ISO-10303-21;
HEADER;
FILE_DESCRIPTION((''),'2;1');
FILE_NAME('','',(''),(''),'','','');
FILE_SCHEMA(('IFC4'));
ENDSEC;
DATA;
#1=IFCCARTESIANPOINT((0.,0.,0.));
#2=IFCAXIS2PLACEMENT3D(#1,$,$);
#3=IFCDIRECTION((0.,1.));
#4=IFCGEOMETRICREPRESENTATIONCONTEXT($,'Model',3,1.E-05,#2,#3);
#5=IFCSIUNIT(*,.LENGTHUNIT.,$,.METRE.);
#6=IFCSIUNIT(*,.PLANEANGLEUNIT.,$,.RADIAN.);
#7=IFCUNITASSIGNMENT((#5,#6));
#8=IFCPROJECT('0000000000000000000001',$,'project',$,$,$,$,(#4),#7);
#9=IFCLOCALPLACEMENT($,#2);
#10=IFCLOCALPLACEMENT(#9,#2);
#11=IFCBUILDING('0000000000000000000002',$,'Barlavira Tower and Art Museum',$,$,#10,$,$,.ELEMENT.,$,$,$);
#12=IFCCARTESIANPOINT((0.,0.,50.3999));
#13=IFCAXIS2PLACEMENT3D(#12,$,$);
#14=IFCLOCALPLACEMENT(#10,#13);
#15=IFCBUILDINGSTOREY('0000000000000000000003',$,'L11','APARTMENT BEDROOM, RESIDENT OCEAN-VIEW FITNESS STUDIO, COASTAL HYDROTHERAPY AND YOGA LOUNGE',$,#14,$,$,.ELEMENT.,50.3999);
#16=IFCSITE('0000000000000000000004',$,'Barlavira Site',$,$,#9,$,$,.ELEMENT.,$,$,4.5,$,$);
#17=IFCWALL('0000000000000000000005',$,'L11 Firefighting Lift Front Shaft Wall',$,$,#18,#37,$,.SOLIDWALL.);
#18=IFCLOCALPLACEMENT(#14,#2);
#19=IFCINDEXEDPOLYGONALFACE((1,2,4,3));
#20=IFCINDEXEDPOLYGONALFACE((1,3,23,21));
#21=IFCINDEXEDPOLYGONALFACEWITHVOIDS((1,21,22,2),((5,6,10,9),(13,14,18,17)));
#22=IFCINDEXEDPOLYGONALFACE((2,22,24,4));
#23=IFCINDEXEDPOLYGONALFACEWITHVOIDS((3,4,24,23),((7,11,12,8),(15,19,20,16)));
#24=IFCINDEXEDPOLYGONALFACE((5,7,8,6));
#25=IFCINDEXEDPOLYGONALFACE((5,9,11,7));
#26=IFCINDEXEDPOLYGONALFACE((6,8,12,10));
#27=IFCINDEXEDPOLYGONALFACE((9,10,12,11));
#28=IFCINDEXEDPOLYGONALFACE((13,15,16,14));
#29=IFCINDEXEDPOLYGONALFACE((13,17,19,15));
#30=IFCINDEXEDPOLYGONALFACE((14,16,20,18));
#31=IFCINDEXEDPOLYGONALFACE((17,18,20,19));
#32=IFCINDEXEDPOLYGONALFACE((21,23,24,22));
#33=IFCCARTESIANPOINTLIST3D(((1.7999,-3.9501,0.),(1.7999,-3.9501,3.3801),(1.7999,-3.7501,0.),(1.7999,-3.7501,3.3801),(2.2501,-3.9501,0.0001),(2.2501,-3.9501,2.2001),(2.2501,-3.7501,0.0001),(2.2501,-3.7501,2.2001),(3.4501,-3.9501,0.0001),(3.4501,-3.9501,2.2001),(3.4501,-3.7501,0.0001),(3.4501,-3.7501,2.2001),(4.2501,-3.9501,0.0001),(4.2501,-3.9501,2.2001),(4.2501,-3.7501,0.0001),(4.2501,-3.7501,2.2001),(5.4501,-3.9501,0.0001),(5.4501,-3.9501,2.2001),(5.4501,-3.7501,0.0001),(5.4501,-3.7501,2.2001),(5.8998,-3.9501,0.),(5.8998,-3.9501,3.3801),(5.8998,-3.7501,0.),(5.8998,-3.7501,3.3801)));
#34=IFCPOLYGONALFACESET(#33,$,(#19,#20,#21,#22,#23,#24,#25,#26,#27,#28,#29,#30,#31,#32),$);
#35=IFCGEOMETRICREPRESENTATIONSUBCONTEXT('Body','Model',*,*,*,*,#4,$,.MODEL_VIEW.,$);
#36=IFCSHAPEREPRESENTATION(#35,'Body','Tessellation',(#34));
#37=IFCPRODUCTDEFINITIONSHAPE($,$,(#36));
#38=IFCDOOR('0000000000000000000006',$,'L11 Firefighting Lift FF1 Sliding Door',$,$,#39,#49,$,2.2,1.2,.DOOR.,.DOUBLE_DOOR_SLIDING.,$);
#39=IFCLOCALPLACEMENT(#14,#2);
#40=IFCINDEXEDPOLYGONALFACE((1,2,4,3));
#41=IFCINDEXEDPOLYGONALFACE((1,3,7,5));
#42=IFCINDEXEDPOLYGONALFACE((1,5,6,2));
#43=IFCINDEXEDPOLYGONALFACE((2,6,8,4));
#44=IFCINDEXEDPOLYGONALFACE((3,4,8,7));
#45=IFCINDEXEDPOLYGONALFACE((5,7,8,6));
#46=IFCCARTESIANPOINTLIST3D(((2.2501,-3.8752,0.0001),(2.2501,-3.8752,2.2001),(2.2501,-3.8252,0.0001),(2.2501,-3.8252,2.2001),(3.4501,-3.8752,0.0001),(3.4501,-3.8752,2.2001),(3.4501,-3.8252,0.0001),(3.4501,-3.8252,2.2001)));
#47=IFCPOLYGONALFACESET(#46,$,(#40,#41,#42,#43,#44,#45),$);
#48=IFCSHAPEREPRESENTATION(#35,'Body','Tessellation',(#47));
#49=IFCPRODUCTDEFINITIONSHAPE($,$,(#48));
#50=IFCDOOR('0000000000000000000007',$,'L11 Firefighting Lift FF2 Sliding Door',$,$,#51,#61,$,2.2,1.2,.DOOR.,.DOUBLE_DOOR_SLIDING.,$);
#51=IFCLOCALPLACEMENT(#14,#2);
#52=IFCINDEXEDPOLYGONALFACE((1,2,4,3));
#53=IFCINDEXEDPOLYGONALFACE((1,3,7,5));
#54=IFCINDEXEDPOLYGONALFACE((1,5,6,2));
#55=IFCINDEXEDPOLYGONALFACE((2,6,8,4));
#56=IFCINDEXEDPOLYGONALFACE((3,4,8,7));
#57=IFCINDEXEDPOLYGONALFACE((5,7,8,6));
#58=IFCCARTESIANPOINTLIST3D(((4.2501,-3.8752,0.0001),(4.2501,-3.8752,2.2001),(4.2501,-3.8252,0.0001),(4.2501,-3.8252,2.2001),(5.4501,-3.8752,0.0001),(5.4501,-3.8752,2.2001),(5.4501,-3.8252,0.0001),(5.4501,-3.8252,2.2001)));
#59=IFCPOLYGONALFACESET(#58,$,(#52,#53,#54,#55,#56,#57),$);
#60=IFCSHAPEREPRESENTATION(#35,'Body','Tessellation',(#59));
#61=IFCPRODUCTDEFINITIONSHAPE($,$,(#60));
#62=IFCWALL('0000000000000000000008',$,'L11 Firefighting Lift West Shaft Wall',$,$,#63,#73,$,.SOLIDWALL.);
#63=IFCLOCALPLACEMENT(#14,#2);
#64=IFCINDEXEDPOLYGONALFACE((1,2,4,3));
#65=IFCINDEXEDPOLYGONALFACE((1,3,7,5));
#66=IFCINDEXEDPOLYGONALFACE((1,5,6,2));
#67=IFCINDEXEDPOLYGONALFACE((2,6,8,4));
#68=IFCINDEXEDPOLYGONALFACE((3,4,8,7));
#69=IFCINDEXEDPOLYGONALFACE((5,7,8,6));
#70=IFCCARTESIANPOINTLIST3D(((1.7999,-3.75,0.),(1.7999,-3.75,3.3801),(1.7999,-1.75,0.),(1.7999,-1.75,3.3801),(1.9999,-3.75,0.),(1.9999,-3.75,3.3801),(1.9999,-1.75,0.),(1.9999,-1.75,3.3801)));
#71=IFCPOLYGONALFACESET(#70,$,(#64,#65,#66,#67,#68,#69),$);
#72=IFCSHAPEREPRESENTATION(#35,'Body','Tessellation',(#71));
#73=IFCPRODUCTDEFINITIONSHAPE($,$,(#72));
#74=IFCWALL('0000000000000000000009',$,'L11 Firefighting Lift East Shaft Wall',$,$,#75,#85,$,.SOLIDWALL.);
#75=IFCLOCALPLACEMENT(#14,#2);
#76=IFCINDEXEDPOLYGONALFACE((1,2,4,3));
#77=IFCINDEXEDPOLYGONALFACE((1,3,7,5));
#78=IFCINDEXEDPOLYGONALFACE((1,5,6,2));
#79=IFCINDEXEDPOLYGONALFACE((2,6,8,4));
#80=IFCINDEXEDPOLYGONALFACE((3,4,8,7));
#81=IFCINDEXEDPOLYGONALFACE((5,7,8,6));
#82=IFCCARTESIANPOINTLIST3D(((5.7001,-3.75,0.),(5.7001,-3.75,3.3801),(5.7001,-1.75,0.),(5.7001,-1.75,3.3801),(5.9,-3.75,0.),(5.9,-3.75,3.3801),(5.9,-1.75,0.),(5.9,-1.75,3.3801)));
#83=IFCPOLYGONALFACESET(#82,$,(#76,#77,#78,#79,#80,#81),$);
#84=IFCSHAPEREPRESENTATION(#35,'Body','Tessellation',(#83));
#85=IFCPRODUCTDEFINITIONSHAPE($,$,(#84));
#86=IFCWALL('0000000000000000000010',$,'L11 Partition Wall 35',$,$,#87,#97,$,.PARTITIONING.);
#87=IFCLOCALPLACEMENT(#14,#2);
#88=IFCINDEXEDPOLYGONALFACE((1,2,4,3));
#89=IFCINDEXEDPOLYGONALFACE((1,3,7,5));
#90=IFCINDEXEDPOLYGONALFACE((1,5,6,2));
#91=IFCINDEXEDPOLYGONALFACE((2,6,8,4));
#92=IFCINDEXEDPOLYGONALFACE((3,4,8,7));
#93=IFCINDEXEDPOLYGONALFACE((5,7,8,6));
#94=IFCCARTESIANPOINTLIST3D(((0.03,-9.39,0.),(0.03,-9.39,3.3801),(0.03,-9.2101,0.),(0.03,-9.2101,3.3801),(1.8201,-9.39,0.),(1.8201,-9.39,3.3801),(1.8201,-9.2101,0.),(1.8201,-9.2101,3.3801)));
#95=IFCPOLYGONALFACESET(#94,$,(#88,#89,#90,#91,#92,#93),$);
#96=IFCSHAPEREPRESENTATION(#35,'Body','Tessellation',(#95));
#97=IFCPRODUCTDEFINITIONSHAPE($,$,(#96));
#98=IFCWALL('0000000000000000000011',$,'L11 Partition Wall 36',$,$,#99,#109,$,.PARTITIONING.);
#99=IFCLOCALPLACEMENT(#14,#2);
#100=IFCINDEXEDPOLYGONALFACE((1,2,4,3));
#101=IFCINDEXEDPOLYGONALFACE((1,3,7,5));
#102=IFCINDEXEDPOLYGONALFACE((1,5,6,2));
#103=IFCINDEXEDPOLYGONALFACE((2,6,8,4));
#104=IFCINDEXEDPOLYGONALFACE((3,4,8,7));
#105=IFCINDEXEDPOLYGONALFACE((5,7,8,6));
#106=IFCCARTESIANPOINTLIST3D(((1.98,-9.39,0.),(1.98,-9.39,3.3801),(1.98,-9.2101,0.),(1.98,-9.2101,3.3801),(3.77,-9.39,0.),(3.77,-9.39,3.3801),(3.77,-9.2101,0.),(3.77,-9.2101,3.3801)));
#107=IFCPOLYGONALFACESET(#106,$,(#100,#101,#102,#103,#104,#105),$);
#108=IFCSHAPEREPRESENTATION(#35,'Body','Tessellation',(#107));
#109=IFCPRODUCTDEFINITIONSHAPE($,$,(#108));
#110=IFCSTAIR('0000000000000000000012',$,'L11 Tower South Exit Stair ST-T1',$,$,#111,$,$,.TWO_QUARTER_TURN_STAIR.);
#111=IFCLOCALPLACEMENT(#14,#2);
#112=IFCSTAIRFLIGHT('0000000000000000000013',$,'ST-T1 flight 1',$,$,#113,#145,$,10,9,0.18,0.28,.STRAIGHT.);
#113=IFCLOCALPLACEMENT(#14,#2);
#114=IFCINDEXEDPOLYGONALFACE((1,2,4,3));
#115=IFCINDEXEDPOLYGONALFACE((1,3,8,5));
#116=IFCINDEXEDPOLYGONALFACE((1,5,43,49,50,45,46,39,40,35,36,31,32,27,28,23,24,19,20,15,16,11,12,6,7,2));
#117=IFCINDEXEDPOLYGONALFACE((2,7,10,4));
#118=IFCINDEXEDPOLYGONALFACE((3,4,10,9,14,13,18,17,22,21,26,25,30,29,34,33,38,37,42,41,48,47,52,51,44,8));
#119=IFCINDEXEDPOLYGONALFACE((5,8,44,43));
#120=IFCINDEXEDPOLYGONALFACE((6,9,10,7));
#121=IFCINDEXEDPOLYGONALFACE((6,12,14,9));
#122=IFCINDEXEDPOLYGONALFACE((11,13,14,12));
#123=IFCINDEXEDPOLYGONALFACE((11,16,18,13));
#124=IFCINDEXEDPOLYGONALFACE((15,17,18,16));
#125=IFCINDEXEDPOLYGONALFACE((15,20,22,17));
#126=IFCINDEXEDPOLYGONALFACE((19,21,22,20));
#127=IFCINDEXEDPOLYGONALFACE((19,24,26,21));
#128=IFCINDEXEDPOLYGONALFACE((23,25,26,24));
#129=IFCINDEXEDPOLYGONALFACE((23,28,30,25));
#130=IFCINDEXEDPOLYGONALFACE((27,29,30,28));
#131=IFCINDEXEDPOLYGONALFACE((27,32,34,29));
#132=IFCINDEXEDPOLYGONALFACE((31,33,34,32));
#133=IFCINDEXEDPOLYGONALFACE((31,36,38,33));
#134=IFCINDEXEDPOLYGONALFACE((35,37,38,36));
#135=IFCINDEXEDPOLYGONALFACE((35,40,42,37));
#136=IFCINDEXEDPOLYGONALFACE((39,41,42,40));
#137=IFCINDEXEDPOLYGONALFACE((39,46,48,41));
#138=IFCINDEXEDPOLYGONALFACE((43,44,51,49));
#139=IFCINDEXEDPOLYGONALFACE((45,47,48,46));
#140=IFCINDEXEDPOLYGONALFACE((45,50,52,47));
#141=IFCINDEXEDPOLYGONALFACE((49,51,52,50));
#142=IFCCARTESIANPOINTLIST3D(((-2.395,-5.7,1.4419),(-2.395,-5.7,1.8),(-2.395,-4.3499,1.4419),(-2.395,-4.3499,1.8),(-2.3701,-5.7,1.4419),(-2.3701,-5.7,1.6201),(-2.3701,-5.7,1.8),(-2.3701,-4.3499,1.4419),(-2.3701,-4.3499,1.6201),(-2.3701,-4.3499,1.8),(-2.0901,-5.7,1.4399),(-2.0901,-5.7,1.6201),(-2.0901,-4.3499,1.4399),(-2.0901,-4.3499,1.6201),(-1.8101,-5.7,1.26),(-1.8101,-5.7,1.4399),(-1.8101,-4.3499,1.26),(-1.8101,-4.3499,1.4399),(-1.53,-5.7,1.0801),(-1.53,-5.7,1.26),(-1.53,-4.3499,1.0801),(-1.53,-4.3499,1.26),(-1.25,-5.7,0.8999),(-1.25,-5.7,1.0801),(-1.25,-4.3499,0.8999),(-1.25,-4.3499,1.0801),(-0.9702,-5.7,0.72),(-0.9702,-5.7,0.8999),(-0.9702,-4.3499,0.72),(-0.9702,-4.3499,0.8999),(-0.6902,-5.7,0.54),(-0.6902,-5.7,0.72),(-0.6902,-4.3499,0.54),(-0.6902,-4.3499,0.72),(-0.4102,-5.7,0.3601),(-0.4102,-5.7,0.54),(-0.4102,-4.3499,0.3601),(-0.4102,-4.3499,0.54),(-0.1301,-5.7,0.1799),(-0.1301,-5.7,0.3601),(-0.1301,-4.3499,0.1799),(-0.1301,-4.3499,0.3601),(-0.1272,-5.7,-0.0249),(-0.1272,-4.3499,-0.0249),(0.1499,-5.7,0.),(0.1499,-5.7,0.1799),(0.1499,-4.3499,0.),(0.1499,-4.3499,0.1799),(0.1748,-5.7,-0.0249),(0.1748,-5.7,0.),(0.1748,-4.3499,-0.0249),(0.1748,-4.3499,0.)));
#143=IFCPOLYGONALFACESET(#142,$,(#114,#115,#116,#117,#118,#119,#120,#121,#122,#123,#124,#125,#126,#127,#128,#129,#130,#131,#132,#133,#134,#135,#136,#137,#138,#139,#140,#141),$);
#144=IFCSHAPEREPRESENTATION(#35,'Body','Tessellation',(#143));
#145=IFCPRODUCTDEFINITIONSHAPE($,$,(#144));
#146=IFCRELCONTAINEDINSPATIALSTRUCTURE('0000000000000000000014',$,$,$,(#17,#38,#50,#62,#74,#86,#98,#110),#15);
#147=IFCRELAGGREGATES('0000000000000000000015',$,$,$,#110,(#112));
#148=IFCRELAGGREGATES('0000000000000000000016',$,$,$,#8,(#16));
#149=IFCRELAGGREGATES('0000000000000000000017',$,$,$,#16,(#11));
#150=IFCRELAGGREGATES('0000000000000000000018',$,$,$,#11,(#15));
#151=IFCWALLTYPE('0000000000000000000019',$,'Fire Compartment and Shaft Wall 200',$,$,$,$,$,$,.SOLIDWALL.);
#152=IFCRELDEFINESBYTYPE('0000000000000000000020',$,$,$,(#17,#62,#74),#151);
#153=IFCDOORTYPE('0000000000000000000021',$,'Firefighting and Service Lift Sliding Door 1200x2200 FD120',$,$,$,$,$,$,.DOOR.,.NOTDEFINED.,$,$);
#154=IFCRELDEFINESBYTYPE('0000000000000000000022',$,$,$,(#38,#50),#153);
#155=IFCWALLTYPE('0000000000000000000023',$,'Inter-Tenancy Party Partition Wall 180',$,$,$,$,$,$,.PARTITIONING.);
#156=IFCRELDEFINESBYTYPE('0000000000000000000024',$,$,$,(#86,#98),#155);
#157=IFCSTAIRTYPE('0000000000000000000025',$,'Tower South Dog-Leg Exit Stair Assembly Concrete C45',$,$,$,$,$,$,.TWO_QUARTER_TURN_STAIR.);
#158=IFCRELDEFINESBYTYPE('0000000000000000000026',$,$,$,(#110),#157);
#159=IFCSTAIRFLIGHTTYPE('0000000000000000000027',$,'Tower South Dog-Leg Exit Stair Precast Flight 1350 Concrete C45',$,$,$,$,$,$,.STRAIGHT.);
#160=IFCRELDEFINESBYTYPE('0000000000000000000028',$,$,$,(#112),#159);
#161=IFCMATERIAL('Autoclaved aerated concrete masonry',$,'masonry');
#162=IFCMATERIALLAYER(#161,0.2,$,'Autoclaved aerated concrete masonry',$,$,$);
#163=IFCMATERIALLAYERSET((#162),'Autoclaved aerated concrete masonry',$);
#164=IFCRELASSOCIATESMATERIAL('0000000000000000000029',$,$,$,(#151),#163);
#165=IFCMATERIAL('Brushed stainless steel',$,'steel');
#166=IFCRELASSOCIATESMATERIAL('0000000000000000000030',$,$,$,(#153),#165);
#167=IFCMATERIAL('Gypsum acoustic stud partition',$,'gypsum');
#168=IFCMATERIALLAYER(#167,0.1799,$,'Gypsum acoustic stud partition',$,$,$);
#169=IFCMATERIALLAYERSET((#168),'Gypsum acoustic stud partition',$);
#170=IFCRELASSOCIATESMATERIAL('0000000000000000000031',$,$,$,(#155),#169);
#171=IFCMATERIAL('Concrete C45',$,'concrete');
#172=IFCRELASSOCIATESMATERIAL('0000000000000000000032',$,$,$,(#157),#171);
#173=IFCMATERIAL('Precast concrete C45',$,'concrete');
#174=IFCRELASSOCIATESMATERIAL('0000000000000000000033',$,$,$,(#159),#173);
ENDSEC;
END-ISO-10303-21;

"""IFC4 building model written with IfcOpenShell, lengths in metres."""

from ifc_helpers import new_model, si_unit, direction, frame, frame_2d, origin, place, context, subcontext, project, spatial, polyline, rectangle, outline, extrude, material, layer, layer_set, type_object, element, fill, aggregate, save


model = new_model("IFC4")

# Units and contexts
model_context = context("Model", 3, precision=1e-05, world=origin(), true_north=direction((0.0, 1.0)))
body_context = subcontext(model_context, "Body", "Model", "MODEL_VIEW")
ifc_project = project(units=[si_unit("LENGTHUNIT", "METRE"), si_unit("PLANEANGLEUNIT", "RADIAN")], contexts=[model_context])

# Site, building, storey
site_placement = place(None, origin())
site = spatial("IfcSite", under=ifc_project, at=site_placement, Name="Barlavira Site", CompositionType="ELEMENT", RefElevation=4.5)
building_placement = place(site_placement, origin())
building = spatial("IfcBuilding", under=site, at=building_placement, Name="Barlavira Tower and Art Museum", CompositionType="ELEMENT")
storey_placement = place(building_placement, frame((0.0, 0.0, 50.3999)))
storey = spatial("IfcBuildingStorey", under=building, at=storey_placement, Name="L11", Description="APARTMENT BEDROOM, RESIDENT OCEAN-VIEW FITNESS STUDIO, COASTAL HYDROTHERAPY AND YOGA LOUNGE", CompositionType="ELEMENT", Elevation=50.3999)

# Shared definitions
ifc_material_1 = material(Name="Brushed stainless steel", Category="steel")

# Wall, openings, doors
ifc_material_2 = material(Name="Autoclaved aerated concrete masonry", Category="masonry")
ifc_layer_1 = layer(ifc_material_2, 0.2, Name="Autoclaved aerated concrete masonry")
ifc_layer_set_1 = layer_set([ifc_layer_1], Name="Autoclaved aerated concrete masonry")
wall_type_1 = type_object("IfcWallType", Name="Fire Compartment and Shaft Wall 200", PredefinedType="SOLIDWALL", material=ifc_layer_set_1)
wall_1_placement = place(storey_placement, frame((1.8, -3.8501, 0.0), z_axis=(0.0, 0.0, 1.0), x_axis=(1.0, 0.0, 0.0)))
wall_1 = element("IfcWall", 1, at=wall_1_placement, inside=storey, type_object=wall_type_1, Name="L11 Firefighting Lift Front Shaft Wall", PredefinedType="SOLIDWALL", context=body_context, shape_type="SweptSolid", body=[
    extrude(rectangle(XDim=4.0999, YDim=0.2, at=frame_2d((2.0498, 0.0))), origin(), (0.0, 0.0, 1.0), 3.3801),
])
opening_1_placement = place(wall_1_placement, frame((0.45, 0.0, 0.0)))
opening_1 = element("IfcOpeningElement", 2, at=opening_1_placement, cuts=wall_1, PredefinedType="OPENING", context=body_context, shape_type="SweptSolid", body=[
    extrude(rectangle(XDim=1.2, YDim=2.2, at=frame_2d((0.6001, 1.1001))), frame((0.0, 0.1099, 0.0), z_axis=(0.0, -1.0, 0.0), x_axis=(1.0, 0.0, 0.0)), (0.0, 0.0, 1.0), 0.22),
])
opening_2_placement = place(wall_1_placement, frame((2.45, 0.0, 0.0)))
opening_2 = element("IfcOpeningElement", 3, at=opening_2_placement, cuts=wall_1, PredefinedType="OPENING", context=body_context, shape_type="SweptSolid", body=[
    extrude(rectangle(XDim=1.2, YDim=2.2, at=frame_2d((0.6001, 1.1001))), frame((0.0, 0.1099, 0.0), z_axis=(0.0, -1.0, 0.0), x_axis=(1.0, 0.0, 0.0)), (0.0, 0.0, 1.0), 0.22),
])
door_type_1 = type_object("IfcDoorType", Name="Firefighting and Service Lift Sliding Door 1200x2200 FD120", OperationType="NOTDEFINED", PredefinedType="DOOR", material=ifc_material_1)
door_1_placement = place(opening_1_placement, origin())
door_1 = element("IfcDoor", 4, at=door_1_placement, inside=storey, type_object=door_type_1, Name="L11 Firefighting Lift FF1 Sliding Door", OperationType="DOUBLE_DOOR_SLIDING", OverallHeight=2.2, OverallWidth=1.2, PredefinedType="DOOR", context=body_context, shape_type="SweptSolid", body=[
    extrude(rectangle(XDim=1.2, YDim=2.2, at=frame_2d((0.6001, 1.1001))), frame((0.0, 0.0249, 0.0), z_axis=(0.0, -1.0, 0.0), x_axis=(1.0, 0.0, 0.0)), (0.0, 0.0, 1.0), 0.05),
])
fill(opening_1, door_1)
door_2_placement = place(opening_2_placement, origin())
door_2 = element("IfcDoor", 5, at=door_2_placement, inside=storey, type_object=door_type_1, Name="L11 Firefighting Lift FF2 Sliding Door", OperationType="DOUBLE_DOOR_SLIDING", OverallHeight=2.2, OverallWidth=1.2, PredefinedType="DOOR", context=body_context, shape_type="SweptSolid", body=[
    extrude(rectangle(XDim=1.2, YDim=2.2, at=frame_2d((0.6001, 1.1001))), frame((0.0, 0.0249, 0.0), z_axis=(0.0, -1.0, 0.0), x_axis=(1.0, 0.0, 0.0)), (0.0, 0.0, 1.0), 0.05),
])
fill(opening_2, door_2)

# Walls
for number, where, z_axis, x_axis, name in (
    (6, (1.8999, -3.75, 0.0), (0.0, 0.0, 1.0), (0.0, 1.0, 0.0), "L11 Firefighting Lift West Shaft Wall"),
    (7, (5.8, -3.75, 0.0), (0.0, 0.0, 1.0), (0.0, 1.0, 0.0), "L11 Firefighting Lift East Shaft Wall"),
):
    element("IfcWall", number, at=place(storey_placement, frame(where, z_axis=z_axis, x_axis=x_axis)), inside=storey, type_object=wall_type_1, Name=name, PredefinedType="SOLIDWALL", context=body_context, shape_type="SweptSolid", body=[
        extrude(rectangle(XDim=2.0, YDim=0.2, at=frame_2d((1.0, 0.0))), origin(), (0.0, 0.0, 1.0), 3.3801),
    ])
ifc_material_3 = material(Name="Gypsum acoustic stud partition", Category="gypsum")
ifc_layer_2 = layer(ifc_material_3, 0.1799, Name="Gypsum acoustic stud partition")
ifc_layer_set_2 = layer_set([ifc_layer_2], Name="Gypsum acoustic stud partition")
wall_type_2 = type_object("IfcWallType", Name="Inter-Tenancy Party Partition Wall 180", PredefinedType="PARTITIONING", material=ifc_layer_set_2)
for number, where, z_axis, x_axis, name in (
    (8, (0.03, -9.3, 0.0), (0.0, 0.0, 1.0), (1.0, 0.0, 0.0), "L11 Partition Wall 35"),
    (9, (1.98, -9.3, 0.0), (0.0, 0.0, 1.0), (1.0, 0.0, 0.0), "L11 Partition Wall 36"),
):
    element("IfcWall", number, at=place(storey_placement, frame(where, z_axis=z_axis, x_axis=x_axis)), inside=storey, type_object=wall_type_2, Name=name, PredefinedType="PARTITIONING", context=body_context, shape_type="SweptSolid", body=[
        extrude(rectangle(XDim=1.79, YDim=0.1799, at=frame_2d((0.895, 0.0))), origin(), (0.0, 0.0, 1.0), 3.3801),
    ])

# Stair, stair flight
ifc_material_4 = material(Name="Concrete C45", Category="concrete")
stair_type = type_object("IfcStairType", Name="Tower South Dog-Leg Exit Stair Assembly Concrete C45", PredefinedType="TWO_QUARTER_TURN_STAIR", material=ifc_material_4)
stair_placement = place(storey_placement, origin())
stair = element("IfcStair", 10, at=stair_placement, inside=storey, type_object=stair_type, Name="L11 Tower South Exit Stair ST-T1", PredefinedType="TWO_QUARTER_TURN_STAIR")
ifc_material_5 = material(Name="Precast concrete C45", Category="concrete")
stair_flight_type = type_object("IfcStairFlightType", Name="Tower South Dog-Leg Exit Stair Precast Flight 1350 Concrete C45", PredefinedType="STRAIGHT", material=ifc_material_5)
stair_flight_placement = place(storey_placement, frame((0.1499, -5.0249, 0.0), z_axis=(0.0, 0.0, 1.0), x_axis=(-1.0, 0.0, 0.0)))
stair_flight = element("IfcStairFlight", 11, at=stair_flight_placement, type_object=stair_flight_type, Name="ST-T1 flight 1", NumberOfRisers=10, NumberOfTreads=9, PredefinedType="STRAIGHT", RiserHeight=0.18, TreadLength=0.28, context=body_context, shape_type="SweptSolid", body=[
    extrude(outline(polyline([(-0.0249, 0.0), (0.0, 0.0), (0.0, 0.1799), (0.28, 0.1799), (0.28, 0.3601), (0.5601, 0.3601), (0.5601, 0.54), (0.8401, 0.54), (0.8401, 0.72), (1.1201, 0.72), (1.1201, 0.8999), (1.3999, 0.8999), (1.3999, 1.0801), (1.6799, 1.0801), (1.6799, 1.26), (1.96, 1.26), (1.96, 1.4399), (2.24, 1.4399), (2.24, 1.6201), (2.52, 1.6201), (2.52, 1.8), (2.5449, 1.8), (2.5449, 1.4419), (2.52, 1.4419), (0.2771, -0.0249), (-0.0249, -0.0249), (-0.0249, 0.0)])), frame((0.0, 0.675, 0.0), z_axis=(0.0, -1.0, 0.0), x_axis=(1.0, 0.0, 0.0)), (0.0, 0.0, 1.0), 1.3501),
])
aggregate(stair, [stair_flight])

save(model, "model.ifc")
